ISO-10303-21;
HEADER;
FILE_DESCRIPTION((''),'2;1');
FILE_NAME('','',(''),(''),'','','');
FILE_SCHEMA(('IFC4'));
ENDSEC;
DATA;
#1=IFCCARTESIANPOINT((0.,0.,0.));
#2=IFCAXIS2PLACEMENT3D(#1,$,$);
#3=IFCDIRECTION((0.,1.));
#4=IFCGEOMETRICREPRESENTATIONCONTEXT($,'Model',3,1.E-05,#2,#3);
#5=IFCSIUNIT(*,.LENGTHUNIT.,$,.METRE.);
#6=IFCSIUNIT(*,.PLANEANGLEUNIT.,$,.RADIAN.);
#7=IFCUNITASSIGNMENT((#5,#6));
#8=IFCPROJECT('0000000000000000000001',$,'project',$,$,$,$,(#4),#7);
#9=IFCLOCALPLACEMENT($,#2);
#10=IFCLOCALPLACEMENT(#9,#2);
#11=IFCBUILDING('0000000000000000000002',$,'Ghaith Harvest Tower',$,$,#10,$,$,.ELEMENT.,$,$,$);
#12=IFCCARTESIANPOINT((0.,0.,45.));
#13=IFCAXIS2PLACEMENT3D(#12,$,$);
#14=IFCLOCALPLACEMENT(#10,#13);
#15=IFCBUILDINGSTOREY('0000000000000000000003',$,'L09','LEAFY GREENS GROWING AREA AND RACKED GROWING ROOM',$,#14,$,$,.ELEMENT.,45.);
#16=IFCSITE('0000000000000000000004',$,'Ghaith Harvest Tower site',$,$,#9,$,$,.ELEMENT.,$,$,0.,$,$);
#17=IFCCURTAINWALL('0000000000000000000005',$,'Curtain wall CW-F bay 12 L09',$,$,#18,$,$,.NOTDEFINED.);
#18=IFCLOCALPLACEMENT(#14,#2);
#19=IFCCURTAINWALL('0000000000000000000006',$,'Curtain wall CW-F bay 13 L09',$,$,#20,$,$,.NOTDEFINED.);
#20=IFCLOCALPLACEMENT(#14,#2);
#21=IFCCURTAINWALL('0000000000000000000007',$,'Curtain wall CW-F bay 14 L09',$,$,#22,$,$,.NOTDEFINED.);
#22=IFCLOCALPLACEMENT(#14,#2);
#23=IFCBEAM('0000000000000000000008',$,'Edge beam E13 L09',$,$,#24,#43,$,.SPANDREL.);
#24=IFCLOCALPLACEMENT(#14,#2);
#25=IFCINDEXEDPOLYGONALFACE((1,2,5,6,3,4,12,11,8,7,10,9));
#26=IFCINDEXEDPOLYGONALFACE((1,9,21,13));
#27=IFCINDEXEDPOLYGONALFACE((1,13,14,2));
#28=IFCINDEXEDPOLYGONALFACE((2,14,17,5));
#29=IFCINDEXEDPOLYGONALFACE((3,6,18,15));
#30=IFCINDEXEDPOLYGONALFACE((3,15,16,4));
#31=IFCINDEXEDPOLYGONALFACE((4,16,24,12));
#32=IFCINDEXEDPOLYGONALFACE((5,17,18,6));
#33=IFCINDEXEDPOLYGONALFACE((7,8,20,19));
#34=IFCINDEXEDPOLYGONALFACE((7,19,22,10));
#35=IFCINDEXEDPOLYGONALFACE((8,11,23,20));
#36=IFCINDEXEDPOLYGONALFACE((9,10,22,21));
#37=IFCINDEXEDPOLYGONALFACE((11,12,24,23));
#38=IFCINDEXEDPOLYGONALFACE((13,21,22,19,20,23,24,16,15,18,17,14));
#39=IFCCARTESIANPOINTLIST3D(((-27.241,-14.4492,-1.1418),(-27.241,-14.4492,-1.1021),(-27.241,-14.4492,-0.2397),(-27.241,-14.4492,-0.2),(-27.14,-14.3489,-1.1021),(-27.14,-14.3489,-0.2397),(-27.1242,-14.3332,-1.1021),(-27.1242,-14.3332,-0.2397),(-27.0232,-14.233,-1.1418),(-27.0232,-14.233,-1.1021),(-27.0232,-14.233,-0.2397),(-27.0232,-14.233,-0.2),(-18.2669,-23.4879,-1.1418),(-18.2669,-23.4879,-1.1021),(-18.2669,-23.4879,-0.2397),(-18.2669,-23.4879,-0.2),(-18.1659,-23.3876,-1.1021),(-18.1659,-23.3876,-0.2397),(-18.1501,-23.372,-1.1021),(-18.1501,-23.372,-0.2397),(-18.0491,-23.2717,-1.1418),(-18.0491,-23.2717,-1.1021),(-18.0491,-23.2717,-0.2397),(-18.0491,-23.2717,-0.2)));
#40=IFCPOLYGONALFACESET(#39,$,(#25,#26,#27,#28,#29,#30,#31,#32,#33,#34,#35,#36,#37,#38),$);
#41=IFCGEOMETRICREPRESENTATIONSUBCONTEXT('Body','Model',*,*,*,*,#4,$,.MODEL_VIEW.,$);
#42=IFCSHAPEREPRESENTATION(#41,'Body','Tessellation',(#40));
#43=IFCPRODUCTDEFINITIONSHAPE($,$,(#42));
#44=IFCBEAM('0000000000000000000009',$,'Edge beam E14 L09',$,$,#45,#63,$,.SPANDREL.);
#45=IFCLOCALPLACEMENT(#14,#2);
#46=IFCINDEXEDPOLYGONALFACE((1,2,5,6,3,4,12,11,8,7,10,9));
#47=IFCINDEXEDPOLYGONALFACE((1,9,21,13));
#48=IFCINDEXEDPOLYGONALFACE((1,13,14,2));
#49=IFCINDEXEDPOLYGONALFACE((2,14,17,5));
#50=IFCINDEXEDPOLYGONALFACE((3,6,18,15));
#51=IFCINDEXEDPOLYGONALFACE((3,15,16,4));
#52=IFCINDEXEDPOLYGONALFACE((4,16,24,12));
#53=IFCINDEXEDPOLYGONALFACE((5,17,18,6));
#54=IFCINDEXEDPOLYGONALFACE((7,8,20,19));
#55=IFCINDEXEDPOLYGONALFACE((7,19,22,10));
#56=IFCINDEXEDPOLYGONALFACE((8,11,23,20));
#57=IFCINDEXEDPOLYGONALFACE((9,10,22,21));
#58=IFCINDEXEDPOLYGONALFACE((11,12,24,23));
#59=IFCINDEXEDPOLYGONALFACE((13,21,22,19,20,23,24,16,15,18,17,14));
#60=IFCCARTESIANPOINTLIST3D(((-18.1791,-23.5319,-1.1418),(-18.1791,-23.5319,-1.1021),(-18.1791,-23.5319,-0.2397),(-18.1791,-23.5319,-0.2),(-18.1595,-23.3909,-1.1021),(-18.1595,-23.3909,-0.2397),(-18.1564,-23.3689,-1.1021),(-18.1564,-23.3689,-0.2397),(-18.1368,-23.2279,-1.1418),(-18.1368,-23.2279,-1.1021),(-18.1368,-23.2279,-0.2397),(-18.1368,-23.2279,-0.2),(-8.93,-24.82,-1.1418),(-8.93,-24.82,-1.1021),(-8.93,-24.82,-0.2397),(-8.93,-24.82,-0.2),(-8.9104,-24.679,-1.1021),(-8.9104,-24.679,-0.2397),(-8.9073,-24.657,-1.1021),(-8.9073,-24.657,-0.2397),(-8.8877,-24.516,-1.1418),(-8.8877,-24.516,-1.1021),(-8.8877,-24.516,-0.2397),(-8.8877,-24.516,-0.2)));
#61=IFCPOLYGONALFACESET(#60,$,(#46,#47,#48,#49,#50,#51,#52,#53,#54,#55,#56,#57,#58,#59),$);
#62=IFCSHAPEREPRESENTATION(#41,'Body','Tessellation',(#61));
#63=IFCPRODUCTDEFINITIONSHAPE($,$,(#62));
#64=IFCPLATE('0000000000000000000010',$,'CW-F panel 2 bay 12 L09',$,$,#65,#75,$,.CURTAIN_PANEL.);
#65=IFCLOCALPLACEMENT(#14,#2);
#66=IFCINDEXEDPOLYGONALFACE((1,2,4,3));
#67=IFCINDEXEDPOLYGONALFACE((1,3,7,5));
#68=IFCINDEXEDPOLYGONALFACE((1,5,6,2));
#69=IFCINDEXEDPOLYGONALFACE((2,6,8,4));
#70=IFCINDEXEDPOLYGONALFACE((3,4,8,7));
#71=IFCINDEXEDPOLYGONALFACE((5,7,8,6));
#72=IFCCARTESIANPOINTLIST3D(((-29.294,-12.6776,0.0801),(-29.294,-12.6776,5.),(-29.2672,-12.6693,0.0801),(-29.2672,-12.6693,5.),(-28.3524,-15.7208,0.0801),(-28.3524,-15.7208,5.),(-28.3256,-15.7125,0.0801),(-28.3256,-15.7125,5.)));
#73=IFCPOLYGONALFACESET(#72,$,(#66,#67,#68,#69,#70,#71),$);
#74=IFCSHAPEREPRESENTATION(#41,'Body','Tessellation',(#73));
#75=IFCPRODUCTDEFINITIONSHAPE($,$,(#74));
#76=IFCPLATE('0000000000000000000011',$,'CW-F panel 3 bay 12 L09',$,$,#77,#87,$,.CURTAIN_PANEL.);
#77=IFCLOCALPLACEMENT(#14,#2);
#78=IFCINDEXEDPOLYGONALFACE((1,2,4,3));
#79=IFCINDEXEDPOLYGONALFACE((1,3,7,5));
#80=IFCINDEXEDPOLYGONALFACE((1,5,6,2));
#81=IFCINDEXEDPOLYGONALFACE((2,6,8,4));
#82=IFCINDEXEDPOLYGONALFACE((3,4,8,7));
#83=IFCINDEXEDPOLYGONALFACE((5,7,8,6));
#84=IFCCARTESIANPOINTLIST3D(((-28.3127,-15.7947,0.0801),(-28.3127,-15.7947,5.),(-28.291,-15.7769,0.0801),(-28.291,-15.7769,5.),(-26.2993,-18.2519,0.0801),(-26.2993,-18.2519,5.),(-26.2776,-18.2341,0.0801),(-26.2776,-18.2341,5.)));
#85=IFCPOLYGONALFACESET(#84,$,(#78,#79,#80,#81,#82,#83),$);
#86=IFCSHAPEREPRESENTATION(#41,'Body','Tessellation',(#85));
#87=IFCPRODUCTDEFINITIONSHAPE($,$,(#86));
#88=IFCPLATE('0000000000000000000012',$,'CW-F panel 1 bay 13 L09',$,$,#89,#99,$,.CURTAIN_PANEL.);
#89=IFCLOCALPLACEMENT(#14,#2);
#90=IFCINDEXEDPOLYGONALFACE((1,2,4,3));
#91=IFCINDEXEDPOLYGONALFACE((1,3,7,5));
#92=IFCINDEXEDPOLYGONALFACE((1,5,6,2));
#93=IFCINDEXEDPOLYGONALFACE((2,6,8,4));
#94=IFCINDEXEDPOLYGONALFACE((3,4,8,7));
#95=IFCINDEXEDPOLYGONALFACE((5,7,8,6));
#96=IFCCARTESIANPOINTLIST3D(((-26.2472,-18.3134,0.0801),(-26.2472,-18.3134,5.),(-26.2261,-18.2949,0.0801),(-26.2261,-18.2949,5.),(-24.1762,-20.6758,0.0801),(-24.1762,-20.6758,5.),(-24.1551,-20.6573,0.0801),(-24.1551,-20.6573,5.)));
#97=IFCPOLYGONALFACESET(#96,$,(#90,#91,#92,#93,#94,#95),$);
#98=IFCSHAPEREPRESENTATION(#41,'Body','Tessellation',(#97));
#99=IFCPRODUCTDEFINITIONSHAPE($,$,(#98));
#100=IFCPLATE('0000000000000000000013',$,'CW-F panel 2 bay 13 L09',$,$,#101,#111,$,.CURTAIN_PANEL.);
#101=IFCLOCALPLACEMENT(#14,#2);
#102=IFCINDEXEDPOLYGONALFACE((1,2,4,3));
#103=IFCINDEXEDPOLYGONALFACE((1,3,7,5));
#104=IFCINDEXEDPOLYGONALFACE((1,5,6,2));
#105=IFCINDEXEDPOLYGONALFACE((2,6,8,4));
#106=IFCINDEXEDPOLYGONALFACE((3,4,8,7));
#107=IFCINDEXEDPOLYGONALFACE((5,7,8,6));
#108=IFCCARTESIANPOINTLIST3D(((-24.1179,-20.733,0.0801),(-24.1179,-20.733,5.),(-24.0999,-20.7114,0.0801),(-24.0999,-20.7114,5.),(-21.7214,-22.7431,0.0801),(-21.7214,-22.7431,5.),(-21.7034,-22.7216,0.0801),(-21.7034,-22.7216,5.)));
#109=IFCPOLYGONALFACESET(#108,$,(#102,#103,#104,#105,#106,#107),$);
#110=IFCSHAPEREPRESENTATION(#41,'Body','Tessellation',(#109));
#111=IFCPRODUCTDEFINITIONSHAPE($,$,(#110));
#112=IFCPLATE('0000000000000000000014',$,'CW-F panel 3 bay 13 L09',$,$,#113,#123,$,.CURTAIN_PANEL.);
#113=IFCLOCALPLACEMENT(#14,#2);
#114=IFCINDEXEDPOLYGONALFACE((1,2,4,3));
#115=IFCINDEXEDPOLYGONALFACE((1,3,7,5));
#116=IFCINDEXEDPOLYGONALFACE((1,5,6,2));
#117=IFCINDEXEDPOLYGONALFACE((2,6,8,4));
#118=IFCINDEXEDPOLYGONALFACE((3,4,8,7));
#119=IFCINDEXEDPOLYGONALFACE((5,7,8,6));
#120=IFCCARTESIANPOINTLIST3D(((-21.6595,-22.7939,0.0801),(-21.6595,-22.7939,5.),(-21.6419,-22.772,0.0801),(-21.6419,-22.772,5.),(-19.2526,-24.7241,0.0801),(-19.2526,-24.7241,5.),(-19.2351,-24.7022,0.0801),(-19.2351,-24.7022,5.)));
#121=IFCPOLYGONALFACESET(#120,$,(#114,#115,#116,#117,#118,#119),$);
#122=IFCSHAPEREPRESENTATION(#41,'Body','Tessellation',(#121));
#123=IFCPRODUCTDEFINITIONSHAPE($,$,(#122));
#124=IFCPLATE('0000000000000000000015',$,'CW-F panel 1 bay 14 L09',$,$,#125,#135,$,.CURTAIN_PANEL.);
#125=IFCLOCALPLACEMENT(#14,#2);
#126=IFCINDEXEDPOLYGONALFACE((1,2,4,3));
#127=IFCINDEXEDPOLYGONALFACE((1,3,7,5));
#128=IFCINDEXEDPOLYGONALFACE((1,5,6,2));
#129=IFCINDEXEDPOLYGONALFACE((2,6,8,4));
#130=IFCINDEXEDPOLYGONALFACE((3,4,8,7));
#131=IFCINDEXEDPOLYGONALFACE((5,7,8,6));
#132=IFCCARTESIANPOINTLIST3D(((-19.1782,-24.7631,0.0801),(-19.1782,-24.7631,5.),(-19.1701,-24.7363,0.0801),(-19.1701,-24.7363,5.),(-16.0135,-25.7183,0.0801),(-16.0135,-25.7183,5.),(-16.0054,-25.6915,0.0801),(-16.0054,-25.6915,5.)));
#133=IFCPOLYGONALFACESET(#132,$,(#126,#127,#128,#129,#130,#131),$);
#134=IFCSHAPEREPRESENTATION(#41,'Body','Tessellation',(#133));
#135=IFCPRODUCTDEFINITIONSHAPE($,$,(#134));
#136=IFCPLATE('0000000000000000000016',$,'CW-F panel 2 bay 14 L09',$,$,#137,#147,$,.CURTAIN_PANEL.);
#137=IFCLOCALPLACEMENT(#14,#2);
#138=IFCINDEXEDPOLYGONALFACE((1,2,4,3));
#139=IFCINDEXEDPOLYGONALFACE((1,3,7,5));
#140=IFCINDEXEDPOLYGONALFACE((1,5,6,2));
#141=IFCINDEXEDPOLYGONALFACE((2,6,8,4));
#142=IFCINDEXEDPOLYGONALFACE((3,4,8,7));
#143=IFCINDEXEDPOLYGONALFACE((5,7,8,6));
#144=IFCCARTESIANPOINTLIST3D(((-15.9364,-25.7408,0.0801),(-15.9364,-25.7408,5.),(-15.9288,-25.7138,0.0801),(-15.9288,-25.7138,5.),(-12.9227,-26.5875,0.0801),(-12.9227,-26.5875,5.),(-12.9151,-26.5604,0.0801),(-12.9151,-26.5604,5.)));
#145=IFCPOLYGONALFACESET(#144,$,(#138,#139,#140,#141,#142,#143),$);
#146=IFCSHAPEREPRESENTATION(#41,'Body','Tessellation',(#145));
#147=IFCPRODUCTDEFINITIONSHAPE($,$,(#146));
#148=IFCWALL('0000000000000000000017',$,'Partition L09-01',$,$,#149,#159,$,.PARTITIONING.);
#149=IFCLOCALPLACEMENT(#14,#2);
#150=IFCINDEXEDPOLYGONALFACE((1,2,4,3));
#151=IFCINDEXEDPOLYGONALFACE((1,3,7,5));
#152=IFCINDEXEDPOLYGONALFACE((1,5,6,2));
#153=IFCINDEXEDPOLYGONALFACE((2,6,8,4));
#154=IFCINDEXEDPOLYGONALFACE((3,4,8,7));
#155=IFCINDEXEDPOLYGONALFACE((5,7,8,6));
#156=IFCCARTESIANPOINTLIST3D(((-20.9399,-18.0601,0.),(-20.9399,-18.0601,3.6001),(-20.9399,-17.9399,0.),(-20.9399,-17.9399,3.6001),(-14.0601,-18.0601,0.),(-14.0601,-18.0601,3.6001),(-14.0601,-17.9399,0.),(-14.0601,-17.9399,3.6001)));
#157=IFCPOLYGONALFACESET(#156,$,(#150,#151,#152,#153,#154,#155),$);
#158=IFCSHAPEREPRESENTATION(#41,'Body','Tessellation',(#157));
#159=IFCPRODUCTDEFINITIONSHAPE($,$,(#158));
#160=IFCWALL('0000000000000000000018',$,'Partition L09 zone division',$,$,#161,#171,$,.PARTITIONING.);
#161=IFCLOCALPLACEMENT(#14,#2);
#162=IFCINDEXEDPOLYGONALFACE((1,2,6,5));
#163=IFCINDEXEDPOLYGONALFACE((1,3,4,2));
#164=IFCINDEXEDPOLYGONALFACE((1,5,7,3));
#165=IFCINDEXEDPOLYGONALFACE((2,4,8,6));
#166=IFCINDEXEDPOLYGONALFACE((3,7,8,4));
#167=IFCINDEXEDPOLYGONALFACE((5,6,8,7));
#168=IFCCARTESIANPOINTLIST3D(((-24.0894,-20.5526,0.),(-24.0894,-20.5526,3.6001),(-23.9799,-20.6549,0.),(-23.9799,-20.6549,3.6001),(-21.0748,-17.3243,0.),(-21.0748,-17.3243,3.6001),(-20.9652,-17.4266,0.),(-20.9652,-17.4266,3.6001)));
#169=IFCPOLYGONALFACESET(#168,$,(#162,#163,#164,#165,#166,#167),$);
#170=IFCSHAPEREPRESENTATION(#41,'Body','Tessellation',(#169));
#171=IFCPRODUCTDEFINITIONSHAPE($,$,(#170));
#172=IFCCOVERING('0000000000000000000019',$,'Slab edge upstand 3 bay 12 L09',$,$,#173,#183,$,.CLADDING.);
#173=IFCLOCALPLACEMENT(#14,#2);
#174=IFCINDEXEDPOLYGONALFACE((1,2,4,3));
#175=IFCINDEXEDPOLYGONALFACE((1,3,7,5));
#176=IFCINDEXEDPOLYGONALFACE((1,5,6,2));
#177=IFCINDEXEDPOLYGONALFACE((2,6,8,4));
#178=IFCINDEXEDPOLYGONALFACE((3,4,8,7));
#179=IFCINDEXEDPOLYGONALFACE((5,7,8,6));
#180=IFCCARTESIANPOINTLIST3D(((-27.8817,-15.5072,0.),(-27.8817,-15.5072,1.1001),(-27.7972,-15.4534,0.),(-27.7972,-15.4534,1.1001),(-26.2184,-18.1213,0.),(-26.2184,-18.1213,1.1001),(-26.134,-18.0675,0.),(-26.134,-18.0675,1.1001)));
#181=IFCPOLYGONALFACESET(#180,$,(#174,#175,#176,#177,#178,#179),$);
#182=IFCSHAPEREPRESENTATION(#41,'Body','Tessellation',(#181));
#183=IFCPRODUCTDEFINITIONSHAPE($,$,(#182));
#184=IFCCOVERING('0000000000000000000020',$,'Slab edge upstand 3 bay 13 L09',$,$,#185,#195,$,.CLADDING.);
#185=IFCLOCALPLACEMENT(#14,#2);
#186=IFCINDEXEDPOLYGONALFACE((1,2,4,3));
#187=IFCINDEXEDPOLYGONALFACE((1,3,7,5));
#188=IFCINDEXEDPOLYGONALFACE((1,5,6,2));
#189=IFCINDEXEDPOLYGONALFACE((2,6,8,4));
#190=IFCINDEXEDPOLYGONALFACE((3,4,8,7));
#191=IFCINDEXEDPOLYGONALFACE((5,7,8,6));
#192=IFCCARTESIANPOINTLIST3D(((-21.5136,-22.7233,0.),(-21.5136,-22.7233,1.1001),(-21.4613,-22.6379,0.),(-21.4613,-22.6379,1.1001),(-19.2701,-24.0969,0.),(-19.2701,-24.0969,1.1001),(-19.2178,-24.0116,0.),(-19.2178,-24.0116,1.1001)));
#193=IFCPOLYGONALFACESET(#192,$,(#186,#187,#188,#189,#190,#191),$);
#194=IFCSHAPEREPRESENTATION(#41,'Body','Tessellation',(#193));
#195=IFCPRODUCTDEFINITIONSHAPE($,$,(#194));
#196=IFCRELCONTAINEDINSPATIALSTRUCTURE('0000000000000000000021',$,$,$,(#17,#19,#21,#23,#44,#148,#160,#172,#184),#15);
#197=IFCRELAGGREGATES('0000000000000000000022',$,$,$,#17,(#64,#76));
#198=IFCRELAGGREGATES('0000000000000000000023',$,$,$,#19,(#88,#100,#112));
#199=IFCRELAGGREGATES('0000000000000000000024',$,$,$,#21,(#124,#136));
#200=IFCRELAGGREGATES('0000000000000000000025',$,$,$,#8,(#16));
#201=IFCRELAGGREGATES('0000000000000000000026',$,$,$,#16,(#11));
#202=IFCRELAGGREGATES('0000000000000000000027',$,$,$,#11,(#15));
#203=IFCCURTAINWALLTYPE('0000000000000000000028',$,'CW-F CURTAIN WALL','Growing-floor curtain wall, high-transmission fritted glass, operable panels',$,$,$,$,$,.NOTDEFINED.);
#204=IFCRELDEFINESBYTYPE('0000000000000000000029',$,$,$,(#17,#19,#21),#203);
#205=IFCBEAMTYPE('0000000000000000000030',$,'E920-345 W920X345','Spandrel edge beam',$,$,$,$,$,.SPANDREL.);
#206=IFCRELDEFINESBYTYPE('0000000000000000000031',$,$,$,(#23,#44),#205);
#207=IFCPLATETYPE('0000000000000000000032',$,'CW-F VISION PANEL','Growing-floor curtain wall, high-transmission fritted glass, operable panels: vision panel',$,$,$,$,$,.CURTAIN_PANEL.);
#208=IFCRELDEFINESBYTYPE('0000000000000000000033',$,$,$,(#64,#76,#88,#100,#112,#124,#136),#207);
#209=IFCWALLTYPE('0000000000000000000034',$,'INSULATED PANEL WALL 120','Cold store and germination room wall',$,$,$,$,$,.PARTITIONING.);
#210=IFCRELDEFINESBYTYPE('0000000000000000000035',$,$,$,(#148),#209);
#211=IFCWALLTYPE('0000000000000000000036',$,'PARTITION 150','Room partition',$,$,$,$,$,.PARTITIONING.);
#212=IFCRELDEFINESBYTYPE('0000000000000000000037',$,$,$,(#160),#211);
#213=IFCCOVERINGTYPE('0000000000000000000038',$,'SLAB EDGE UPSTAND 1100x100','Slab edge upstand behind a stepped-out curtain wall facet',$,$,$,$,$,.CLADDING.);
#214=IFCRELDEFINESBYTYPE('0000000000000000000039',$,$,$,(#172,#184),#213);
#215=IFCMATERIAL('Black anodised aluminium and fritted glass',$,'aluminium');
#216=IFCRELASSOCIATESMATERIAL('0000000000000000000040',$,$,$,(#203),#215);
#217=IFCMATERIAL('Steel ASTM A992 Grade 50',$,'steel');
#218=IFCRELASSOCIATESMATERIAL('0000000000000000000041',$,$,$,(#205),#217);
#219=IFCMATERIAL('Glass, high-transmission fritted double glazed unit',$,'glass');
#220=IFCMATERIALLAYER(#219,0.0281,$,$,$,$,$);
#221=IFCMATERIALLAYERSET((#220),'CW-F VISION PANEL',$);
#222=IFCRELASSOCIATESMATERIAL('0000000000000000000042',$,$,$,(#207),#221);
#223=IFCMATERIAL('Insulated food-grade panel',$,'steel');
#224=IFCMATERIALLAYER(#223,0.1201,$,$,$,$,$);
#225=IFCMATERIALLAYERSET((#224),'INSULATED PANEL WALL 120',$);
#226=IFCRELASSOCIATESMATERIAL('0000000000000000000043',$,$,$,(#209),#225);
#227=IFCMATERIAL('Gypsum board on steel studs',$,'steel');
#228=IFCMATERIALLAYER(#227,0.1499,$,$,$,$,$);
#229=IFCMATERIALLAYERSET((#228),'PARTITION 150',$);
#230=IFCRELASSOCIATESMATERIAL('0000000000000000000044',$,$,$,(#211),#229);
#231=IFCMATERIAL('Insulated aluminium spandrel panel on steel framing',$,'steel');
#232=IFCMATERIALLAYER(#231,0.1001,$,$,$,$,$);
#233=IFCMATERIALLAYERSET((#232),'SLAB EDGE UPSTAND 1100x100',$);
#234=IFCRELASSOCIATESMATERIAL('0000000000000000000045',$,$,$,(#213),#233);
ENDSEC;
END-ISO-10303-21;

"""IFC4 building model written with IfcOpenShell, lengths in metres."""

from ifc_helpers import new_model, si_unit, direction, frame, frame_2d, origin, origin_2d, place, context, subcontext, project, spatial, rectangle, i_section, extrude, material, layer, layer_set, material_profile, profile_set, type_object, element, aggregate, save


model = new_model("IFC4")

# Units and contexts
model_context = context("Model", 3, precision=1e-05, world=origin(), true_north=direction((0.0, 1.0)))
body_context = subcontext(model_context, "Body", "Model", "MODEL_VIEW")
ifc_project = project(units=[si_unit("LENGTHUNIT", "METRE"), si_unit("PLANEANGLEUNIT", "RADIAN")], contexts=[model_context])

# Site, building, storey
site_placement = place(None, origin())
site = spatial("IfcSite", under=ifc_project, at=site_placement, Name="Ghaith Harvest Tower site", CompositionType="ELEMENT", RefElevation=0.0)
building_placement = place(site_placement, origin())
building = spatial("IfcBuilding", under=site, at=building_placement, Name="Ghaith Harvest Tower", CompositionType="ELEMENT")
storey_placement = place(building_placement, frame((0.0, 0.0, 45.0)))
storey = spatial("IfcBuildingStorey", under=building, at=storey_placement, Name="L09", Description="LEAFY GREENS GROWING AREA AND RACKED GROWING ROOM", CompositionType="ELEMENT", Elevation=45.0)

# Curtain wall
ifc_material_1 = material(Name="Black anodised aluminium and fritted glass", Category="aluminium")
curtain_wall_type = type_object("IfcCurtainWallType", Name="CW-F CURTAIN WALL", Description="Growing-floor curtain wall, high-transmission fritted glass, operable panels", PredefinedType="NOTDEFINED", material=ifc_material_1)
curtain_wall_1_placement = place(storey_placement, origin())
curtain_wall_1 = element("IfcCurtainWall", 1, at=curtain_wall_1_placement, inside=storey, type_object=curtain_wall_type, Name="Curtain wall CW-F bay 12 L09", PredefinedType="NOTDEFINED")

# Curtain walls
curtain_wall_2_placement = place(storey_placement, origin())
curtain_wall_2 = element("IfcCurtainWall", 2, at=curtain_wall_2_placement, inside=storey, type_object=curtain_wall_type, Name="Curtain wall CW-F bay 13 L09", PredefinedType="NOTDEFINED")
curtain_wall_3_placement = place(storey_placement, origin())
curtain_wall_3 = element("IfcCurtainWall", 3, at=curtain_wall_3_placement, inside=storey, type_object=curtain_wall_type, Name="Curtain wall CW-F bay 14 L09", PredefinedType="NOTDEFINED")

# Beams
ifc_material_2 = material(Name="Steel ASTM A992 Grade 50", Category="steel")
ifc_material_profile_1 = material_profile(ifc_material_2, i_section(OverallWidth=0.3069, OverallDepth=0.9419, WebThickness=0.0222, FlangeThickness=0.0398, at=origin_2d()), Name="W920X345")
ifc_profile_set_1 = profile_set([ifc_material_profile_1], Name="Steel ASTM A992 Grade 50")
beam_type = type_object("IfcBeamType", Name="E920-345 W920X345", Description="Spandrel edge beam", PredefinedType="SPANDREL", material=ifc_profile_set_1)
beam_1_placement = place(storey_placement, frame((-27.1321, -14.3411, -0.6709), z_axis=(0.704563, -0.709642, 0.0), x_axis=(0.709642, 0.704563, 0.0)))
element("IfcBeam", 4, at=beam_1_placement, inside=storey, type_object=beam_type, Name="Edge beam E13 L09", PredefinedType="SPANDREL", context=body_context, shape_type="SweptSolid", body=[
    extrude(i_section(OverallWidth=0.3069, OverallDepth=0.9419, WebThickness=0.0222, FlangeThickness=0.0398, at=origin_2d()), origin(), (0.0, 0.0, 1.0), 12.7371),
])
beam_2_placement = place(storey_placement, frame((-18.158, -23.3799, -0.6709), z_axis=(0.990441, -0.137936, 0.0), x_axis=(0.137936, 0.990441, 0.0)))
element("IfcBeam", 5, at=beam_2_placement, inside=storey, type_object=beam_type, Name="Edge beam E14 L09", PredefinedType="SPANDREL", context=body_context, shape_type="SweptSolid", body=[
    extrude(i_section(OverallWidth=0.3069, OverallDepth=0.9419, WebThickness=0.0222, FlangeThickness=0.0398, at=origin_2d()), origin(), (0.0, 0.0, 1.0), 9.3384),
])

# Plates
ifc_material_3 = material(Name="Glass, high-transmission fritted double glazed unit", Category="glass")
ifc_layer_1 = layer(ifc_material_3, 0.0281)
ifc_layer_set_1 = layer_set([ifc_layer_1], Name="CW-F VISION PANEL")
plate_type = type_object("IfcPlateType", Name="CW-F VISION PANEL", Description="Growing-floor curtain wall, high-transmission fritted glass, operable panels: vision panel", PredefinedType="CURTAIN_PANEL", material=ifc_layer_set_1)
plate_1_placement = place(storey_placement, frame((-28.8098, -14.1951, 0.0801), z_axis=(0.0, 0.0, 1.0), x_axis=(0.295583, -0.955317, 0.0)))
plate_1 = element("IfcPlate", 6, at=plate_1_placement, type_object=plate_type, Name="CW-F panel 2 bay 12 L09", PredefinedType="CURTAIN_PANEL", context=body_context, shape_type="SweptSolid", body=[
    extrude(rectangle(XDim=3.1855, YDim=0.0281, at=origin_2d()), origin(), (0.0, 0.0, 1.0), 4.9199),
])
plate_2_placement = place(storey_placement, frame((-27.2952, -17.0144, 0.0801), z_axis=(0.0, 0.0, 1.0), x_axis=(0.63379, -0.773505, 0.0)))
plate_2 = element("IfcPlate", 7, at=plate_2_placement, type_object=plate_type, Name="CW-F panel 3 bay 12 L09", PredefinedType="CURTAIN_PANEL", context=body_context, shape_type="SweptSolid", body=[
    extrude(rectangle(XDim=3.1768, YDim=0.0281, at=origin_2d()), origin(), (0.0, 0.0, 1.0), 4.9199),
])
aggregate(curtain_wall_1, [plate_1, plate_2])
plate_3_placement = place(storey_placement, frame((-25.2012, -19.4854, 0.0801), z_axis=(0.0, 0.0, 1.0), x_axis=(0.659216, -0.751954, 0.0)))
plate_3 = element("IfcPlate", 8, at=plate_3_placement, type_object=plate_type, Name="CW-F panel 1 bay 13 L09", PredefinedType="CURTAIN_PANEL", context=body_context, shape_type="SweptSolid", body=[
    extrude(rectangle(XDim=3.1416, YDim=0.0281, at=origin_2d()), origin(), (0.0, 0.0, 1.0), 4.9199),
])
plate_4_placement = place(storey_placement, frame((-22.9106, -21.7273, 0.0801), z_axis=(0.0, 0.0, 1.0), x_axis=(0.766155, -0.642656, 0.0)))
plate_4 = element("IfcPlate", 9, at=plate_4_placement, type_object=plate_type, Name="CW-F panel 2 bay 13 L09", PredefinedType="CURTAIN_PANEL", context=body_context, shape_type="SweptSolid", body=[
    extrude(rectangle(XDim=3.1279, YDim=0.0281, at=origin_2d()), origin(), (0.0, 0.0, 1.0), 4.9199),
])
plate_5_placement = place(storey_placement, frame((-20.4473, -23.748, 0.0801), z_axis=(0.0, 0.0, 1.0), x_axis=(0.780122, -0.625627, 0.0)))
plate_5 = element("IfcPlate", 10, at=plate_5_placement, type_object=plate_type, Name="CW-F panel 3 bay 13 L09", PredefinedType="CURTAIN_PANEL", context=body_context, shape_type="SweptSolid", body=[
    extrude(rectangle(XDim=3.0852, YDim=0.0281, at=origin_2d()), origin(), (0.0, 0.0, 1.0), 4.9199),
])
aggregate(curtain_wall_2, [plate_3, plate_4, plate_5])
plate_6_placement = place(storey_placement, frame((-17.5918, -25.2273, 0.0801), z_axis=(0.0, 0.0, 1.0), x_axis=(0.957342, -0.288956, 0.0)))
plate_6 = element("IfcPlate", 11, at=plate_6_placement, type_object=plate_type, Name="CW-F panel 1 bay 14 L09", PredefinedType="CURTAIN_PANEL", context=body_context, shape_type="SweptSolid", body=[
    extrude(rectangle(XDim=3.3057, YDim=0.0281, at=origin_2d()), origin(), (0.0, 0.0, 1.0), 4.9199),
])
plate_7_placement = place(storey_placement, frame((-14.4258, -26.1506, 0.0801), z_axis=(0.0, 0.0, 1.0), x_axis=(0.96273, -0.270465, 0.0)))
plate_7 = element("IfcPlate", 12, at=plate_7_placement, type_object=plate_type, Name="CW-F panel 2 bay 14 L09", PredefinedType="CURTAIN_PANEL", context=body_context, shape_type="SweptSolid", body=[
    extrude(rectangle(XDim=3.1304, YDim=0.0281, at=origin_2d()), origin(), (0.0, 0.0, 1.0), 4.9199),
])
aggregate(curtain_wall_3, [plate_6, plate_7])

# Walls
ifc_material_4 = material(Name="Insulated food-grade panel", Category="steel")
ifc_layer_2 = layer(ifc_material_4, 0.1201)
ifc_layer_set_2 = layer_set([ifc_layer_2], Name="INSULATED PANEL WALL 120")
wall_type_1 = type_object("IfcWallType", Name="INSULATED PANEL WALL 120", Description="Cold store and germination room wall", PredefinedType="PARTITIONING", material=ifc_layer_set_2)
wall_1_placement = place(storey_placement, frame((-20.9399, -18.0, 0.0), z_axis=(0.0, 0.0, 1.0), x_axis=(1.0, 0.0, 0.0)))
element("IfcWall", 13, at=wall_1_placement, inside=storey, type_object=wall_type_1, Name="Partition L09-01", PredefinedType="PARTITIONING", context=body_context, shape_type="SweptSolid", body=[
    extrude(rectangle(XDim=6.8799, YDim=0.1201, at=frame_2d((3.4399, 0.0))), origin(), (0.0, 0.0, 1.0), 3.6001),
])
ifc_material_5 = material(Name="Gypsum board on steel studs", Category="steel")
ifc_layer_3 = layer(ifc_material_5, 0.1499)
ifc_layer_set_3 = layer_set([ifc_layer_3], Name="PARTITION 150")
wall_type_2 = type_object("IfcWallType", Name="PARTITION 150", Description="Room partition", PredefinedType="PARTITIONING", material=ifc_layer_set_3)
wall_2_placement = place(storey_placement, frame((-21.02, -17.3755, 0.0), z_axis=(0.0, 0.0, 1.0), x_axis=(-0.682511, -0.730875, 0.0)))
element("IfcWall", 14, at=wall_2_placement, inside=storey, type_object=wall_type_2, Name="Partition L09 zone division", PredefinedType="PARTITIONING", context=body_context, shape_type="SweptSolid", body=[
    extrude(rectangle(XDim=4.417, YDim=0.1499, at=frame_2d((2.2085, 0.0))), origin(), (0.0, 0.0, 1.0), 3.6001),
])

# Coverings
ifc_material_6 = material(Name="Insulated aluminium spandrel panel on steel framing", Category="steel")
ifc_layer_4 = layer(ifc_material_6, 0.1001)
ifc_layer_set_4 = layer_set([ifc_layer_4], Name="SLAB EDGE UPSTAND 1100x100")
covering_type = type_object("IfcCoveringType", Name="SLAB EDGE UPSTAND 1100x100", Description="Slab edge upstand behind a stepped-out curtain wall facet", PredefinedType="CLADDING", material=ifc_layer_set_4)
covering_1_placement = place(storey_placement, frame((-27.0078, -16.7874, 0.0), z_axis=(0.0, 0.0, 1.0), x_axis=(0.536807, -0.843705, 0.0)))
element("IfcCovering", 15, at=covering_1_placement, inside=storey, type_object=covering_type, Name="Slab edge upstand 3 bay 12 L09", PredefinedType="CLADDING", context=body_context, shape_type="SweptSolid", body=[
    extrude(rectangle(XDim=3.0984, YDim=0.1001, at=origin_2d()), origin(), (0.0, 0.0, 1.0), 1.1001),
])
covering_2_placement = place(storey_placement, frame((-20.3657, -23.3674, 0.0), z_axis=(0.0, 0.0, 1.0), x_axis=(0.852847, -0.522161, 0.0)))
element("IfcCovering", 16, at=covering_2_placement, inside=storey, type_object=covering_type, Name="Slab edge upstand 3 bay 13 L09", PredefinedType="CLADDING", context=body_context, shape_type="SweptSolid", body=[
    extrude(rectangle(XDim=2.6306, YDim=0.1001, at=origin_2d()), origin(), (0.0, 0.0, 1.0), 1.1001),
])

save(model, "model.ifc")
